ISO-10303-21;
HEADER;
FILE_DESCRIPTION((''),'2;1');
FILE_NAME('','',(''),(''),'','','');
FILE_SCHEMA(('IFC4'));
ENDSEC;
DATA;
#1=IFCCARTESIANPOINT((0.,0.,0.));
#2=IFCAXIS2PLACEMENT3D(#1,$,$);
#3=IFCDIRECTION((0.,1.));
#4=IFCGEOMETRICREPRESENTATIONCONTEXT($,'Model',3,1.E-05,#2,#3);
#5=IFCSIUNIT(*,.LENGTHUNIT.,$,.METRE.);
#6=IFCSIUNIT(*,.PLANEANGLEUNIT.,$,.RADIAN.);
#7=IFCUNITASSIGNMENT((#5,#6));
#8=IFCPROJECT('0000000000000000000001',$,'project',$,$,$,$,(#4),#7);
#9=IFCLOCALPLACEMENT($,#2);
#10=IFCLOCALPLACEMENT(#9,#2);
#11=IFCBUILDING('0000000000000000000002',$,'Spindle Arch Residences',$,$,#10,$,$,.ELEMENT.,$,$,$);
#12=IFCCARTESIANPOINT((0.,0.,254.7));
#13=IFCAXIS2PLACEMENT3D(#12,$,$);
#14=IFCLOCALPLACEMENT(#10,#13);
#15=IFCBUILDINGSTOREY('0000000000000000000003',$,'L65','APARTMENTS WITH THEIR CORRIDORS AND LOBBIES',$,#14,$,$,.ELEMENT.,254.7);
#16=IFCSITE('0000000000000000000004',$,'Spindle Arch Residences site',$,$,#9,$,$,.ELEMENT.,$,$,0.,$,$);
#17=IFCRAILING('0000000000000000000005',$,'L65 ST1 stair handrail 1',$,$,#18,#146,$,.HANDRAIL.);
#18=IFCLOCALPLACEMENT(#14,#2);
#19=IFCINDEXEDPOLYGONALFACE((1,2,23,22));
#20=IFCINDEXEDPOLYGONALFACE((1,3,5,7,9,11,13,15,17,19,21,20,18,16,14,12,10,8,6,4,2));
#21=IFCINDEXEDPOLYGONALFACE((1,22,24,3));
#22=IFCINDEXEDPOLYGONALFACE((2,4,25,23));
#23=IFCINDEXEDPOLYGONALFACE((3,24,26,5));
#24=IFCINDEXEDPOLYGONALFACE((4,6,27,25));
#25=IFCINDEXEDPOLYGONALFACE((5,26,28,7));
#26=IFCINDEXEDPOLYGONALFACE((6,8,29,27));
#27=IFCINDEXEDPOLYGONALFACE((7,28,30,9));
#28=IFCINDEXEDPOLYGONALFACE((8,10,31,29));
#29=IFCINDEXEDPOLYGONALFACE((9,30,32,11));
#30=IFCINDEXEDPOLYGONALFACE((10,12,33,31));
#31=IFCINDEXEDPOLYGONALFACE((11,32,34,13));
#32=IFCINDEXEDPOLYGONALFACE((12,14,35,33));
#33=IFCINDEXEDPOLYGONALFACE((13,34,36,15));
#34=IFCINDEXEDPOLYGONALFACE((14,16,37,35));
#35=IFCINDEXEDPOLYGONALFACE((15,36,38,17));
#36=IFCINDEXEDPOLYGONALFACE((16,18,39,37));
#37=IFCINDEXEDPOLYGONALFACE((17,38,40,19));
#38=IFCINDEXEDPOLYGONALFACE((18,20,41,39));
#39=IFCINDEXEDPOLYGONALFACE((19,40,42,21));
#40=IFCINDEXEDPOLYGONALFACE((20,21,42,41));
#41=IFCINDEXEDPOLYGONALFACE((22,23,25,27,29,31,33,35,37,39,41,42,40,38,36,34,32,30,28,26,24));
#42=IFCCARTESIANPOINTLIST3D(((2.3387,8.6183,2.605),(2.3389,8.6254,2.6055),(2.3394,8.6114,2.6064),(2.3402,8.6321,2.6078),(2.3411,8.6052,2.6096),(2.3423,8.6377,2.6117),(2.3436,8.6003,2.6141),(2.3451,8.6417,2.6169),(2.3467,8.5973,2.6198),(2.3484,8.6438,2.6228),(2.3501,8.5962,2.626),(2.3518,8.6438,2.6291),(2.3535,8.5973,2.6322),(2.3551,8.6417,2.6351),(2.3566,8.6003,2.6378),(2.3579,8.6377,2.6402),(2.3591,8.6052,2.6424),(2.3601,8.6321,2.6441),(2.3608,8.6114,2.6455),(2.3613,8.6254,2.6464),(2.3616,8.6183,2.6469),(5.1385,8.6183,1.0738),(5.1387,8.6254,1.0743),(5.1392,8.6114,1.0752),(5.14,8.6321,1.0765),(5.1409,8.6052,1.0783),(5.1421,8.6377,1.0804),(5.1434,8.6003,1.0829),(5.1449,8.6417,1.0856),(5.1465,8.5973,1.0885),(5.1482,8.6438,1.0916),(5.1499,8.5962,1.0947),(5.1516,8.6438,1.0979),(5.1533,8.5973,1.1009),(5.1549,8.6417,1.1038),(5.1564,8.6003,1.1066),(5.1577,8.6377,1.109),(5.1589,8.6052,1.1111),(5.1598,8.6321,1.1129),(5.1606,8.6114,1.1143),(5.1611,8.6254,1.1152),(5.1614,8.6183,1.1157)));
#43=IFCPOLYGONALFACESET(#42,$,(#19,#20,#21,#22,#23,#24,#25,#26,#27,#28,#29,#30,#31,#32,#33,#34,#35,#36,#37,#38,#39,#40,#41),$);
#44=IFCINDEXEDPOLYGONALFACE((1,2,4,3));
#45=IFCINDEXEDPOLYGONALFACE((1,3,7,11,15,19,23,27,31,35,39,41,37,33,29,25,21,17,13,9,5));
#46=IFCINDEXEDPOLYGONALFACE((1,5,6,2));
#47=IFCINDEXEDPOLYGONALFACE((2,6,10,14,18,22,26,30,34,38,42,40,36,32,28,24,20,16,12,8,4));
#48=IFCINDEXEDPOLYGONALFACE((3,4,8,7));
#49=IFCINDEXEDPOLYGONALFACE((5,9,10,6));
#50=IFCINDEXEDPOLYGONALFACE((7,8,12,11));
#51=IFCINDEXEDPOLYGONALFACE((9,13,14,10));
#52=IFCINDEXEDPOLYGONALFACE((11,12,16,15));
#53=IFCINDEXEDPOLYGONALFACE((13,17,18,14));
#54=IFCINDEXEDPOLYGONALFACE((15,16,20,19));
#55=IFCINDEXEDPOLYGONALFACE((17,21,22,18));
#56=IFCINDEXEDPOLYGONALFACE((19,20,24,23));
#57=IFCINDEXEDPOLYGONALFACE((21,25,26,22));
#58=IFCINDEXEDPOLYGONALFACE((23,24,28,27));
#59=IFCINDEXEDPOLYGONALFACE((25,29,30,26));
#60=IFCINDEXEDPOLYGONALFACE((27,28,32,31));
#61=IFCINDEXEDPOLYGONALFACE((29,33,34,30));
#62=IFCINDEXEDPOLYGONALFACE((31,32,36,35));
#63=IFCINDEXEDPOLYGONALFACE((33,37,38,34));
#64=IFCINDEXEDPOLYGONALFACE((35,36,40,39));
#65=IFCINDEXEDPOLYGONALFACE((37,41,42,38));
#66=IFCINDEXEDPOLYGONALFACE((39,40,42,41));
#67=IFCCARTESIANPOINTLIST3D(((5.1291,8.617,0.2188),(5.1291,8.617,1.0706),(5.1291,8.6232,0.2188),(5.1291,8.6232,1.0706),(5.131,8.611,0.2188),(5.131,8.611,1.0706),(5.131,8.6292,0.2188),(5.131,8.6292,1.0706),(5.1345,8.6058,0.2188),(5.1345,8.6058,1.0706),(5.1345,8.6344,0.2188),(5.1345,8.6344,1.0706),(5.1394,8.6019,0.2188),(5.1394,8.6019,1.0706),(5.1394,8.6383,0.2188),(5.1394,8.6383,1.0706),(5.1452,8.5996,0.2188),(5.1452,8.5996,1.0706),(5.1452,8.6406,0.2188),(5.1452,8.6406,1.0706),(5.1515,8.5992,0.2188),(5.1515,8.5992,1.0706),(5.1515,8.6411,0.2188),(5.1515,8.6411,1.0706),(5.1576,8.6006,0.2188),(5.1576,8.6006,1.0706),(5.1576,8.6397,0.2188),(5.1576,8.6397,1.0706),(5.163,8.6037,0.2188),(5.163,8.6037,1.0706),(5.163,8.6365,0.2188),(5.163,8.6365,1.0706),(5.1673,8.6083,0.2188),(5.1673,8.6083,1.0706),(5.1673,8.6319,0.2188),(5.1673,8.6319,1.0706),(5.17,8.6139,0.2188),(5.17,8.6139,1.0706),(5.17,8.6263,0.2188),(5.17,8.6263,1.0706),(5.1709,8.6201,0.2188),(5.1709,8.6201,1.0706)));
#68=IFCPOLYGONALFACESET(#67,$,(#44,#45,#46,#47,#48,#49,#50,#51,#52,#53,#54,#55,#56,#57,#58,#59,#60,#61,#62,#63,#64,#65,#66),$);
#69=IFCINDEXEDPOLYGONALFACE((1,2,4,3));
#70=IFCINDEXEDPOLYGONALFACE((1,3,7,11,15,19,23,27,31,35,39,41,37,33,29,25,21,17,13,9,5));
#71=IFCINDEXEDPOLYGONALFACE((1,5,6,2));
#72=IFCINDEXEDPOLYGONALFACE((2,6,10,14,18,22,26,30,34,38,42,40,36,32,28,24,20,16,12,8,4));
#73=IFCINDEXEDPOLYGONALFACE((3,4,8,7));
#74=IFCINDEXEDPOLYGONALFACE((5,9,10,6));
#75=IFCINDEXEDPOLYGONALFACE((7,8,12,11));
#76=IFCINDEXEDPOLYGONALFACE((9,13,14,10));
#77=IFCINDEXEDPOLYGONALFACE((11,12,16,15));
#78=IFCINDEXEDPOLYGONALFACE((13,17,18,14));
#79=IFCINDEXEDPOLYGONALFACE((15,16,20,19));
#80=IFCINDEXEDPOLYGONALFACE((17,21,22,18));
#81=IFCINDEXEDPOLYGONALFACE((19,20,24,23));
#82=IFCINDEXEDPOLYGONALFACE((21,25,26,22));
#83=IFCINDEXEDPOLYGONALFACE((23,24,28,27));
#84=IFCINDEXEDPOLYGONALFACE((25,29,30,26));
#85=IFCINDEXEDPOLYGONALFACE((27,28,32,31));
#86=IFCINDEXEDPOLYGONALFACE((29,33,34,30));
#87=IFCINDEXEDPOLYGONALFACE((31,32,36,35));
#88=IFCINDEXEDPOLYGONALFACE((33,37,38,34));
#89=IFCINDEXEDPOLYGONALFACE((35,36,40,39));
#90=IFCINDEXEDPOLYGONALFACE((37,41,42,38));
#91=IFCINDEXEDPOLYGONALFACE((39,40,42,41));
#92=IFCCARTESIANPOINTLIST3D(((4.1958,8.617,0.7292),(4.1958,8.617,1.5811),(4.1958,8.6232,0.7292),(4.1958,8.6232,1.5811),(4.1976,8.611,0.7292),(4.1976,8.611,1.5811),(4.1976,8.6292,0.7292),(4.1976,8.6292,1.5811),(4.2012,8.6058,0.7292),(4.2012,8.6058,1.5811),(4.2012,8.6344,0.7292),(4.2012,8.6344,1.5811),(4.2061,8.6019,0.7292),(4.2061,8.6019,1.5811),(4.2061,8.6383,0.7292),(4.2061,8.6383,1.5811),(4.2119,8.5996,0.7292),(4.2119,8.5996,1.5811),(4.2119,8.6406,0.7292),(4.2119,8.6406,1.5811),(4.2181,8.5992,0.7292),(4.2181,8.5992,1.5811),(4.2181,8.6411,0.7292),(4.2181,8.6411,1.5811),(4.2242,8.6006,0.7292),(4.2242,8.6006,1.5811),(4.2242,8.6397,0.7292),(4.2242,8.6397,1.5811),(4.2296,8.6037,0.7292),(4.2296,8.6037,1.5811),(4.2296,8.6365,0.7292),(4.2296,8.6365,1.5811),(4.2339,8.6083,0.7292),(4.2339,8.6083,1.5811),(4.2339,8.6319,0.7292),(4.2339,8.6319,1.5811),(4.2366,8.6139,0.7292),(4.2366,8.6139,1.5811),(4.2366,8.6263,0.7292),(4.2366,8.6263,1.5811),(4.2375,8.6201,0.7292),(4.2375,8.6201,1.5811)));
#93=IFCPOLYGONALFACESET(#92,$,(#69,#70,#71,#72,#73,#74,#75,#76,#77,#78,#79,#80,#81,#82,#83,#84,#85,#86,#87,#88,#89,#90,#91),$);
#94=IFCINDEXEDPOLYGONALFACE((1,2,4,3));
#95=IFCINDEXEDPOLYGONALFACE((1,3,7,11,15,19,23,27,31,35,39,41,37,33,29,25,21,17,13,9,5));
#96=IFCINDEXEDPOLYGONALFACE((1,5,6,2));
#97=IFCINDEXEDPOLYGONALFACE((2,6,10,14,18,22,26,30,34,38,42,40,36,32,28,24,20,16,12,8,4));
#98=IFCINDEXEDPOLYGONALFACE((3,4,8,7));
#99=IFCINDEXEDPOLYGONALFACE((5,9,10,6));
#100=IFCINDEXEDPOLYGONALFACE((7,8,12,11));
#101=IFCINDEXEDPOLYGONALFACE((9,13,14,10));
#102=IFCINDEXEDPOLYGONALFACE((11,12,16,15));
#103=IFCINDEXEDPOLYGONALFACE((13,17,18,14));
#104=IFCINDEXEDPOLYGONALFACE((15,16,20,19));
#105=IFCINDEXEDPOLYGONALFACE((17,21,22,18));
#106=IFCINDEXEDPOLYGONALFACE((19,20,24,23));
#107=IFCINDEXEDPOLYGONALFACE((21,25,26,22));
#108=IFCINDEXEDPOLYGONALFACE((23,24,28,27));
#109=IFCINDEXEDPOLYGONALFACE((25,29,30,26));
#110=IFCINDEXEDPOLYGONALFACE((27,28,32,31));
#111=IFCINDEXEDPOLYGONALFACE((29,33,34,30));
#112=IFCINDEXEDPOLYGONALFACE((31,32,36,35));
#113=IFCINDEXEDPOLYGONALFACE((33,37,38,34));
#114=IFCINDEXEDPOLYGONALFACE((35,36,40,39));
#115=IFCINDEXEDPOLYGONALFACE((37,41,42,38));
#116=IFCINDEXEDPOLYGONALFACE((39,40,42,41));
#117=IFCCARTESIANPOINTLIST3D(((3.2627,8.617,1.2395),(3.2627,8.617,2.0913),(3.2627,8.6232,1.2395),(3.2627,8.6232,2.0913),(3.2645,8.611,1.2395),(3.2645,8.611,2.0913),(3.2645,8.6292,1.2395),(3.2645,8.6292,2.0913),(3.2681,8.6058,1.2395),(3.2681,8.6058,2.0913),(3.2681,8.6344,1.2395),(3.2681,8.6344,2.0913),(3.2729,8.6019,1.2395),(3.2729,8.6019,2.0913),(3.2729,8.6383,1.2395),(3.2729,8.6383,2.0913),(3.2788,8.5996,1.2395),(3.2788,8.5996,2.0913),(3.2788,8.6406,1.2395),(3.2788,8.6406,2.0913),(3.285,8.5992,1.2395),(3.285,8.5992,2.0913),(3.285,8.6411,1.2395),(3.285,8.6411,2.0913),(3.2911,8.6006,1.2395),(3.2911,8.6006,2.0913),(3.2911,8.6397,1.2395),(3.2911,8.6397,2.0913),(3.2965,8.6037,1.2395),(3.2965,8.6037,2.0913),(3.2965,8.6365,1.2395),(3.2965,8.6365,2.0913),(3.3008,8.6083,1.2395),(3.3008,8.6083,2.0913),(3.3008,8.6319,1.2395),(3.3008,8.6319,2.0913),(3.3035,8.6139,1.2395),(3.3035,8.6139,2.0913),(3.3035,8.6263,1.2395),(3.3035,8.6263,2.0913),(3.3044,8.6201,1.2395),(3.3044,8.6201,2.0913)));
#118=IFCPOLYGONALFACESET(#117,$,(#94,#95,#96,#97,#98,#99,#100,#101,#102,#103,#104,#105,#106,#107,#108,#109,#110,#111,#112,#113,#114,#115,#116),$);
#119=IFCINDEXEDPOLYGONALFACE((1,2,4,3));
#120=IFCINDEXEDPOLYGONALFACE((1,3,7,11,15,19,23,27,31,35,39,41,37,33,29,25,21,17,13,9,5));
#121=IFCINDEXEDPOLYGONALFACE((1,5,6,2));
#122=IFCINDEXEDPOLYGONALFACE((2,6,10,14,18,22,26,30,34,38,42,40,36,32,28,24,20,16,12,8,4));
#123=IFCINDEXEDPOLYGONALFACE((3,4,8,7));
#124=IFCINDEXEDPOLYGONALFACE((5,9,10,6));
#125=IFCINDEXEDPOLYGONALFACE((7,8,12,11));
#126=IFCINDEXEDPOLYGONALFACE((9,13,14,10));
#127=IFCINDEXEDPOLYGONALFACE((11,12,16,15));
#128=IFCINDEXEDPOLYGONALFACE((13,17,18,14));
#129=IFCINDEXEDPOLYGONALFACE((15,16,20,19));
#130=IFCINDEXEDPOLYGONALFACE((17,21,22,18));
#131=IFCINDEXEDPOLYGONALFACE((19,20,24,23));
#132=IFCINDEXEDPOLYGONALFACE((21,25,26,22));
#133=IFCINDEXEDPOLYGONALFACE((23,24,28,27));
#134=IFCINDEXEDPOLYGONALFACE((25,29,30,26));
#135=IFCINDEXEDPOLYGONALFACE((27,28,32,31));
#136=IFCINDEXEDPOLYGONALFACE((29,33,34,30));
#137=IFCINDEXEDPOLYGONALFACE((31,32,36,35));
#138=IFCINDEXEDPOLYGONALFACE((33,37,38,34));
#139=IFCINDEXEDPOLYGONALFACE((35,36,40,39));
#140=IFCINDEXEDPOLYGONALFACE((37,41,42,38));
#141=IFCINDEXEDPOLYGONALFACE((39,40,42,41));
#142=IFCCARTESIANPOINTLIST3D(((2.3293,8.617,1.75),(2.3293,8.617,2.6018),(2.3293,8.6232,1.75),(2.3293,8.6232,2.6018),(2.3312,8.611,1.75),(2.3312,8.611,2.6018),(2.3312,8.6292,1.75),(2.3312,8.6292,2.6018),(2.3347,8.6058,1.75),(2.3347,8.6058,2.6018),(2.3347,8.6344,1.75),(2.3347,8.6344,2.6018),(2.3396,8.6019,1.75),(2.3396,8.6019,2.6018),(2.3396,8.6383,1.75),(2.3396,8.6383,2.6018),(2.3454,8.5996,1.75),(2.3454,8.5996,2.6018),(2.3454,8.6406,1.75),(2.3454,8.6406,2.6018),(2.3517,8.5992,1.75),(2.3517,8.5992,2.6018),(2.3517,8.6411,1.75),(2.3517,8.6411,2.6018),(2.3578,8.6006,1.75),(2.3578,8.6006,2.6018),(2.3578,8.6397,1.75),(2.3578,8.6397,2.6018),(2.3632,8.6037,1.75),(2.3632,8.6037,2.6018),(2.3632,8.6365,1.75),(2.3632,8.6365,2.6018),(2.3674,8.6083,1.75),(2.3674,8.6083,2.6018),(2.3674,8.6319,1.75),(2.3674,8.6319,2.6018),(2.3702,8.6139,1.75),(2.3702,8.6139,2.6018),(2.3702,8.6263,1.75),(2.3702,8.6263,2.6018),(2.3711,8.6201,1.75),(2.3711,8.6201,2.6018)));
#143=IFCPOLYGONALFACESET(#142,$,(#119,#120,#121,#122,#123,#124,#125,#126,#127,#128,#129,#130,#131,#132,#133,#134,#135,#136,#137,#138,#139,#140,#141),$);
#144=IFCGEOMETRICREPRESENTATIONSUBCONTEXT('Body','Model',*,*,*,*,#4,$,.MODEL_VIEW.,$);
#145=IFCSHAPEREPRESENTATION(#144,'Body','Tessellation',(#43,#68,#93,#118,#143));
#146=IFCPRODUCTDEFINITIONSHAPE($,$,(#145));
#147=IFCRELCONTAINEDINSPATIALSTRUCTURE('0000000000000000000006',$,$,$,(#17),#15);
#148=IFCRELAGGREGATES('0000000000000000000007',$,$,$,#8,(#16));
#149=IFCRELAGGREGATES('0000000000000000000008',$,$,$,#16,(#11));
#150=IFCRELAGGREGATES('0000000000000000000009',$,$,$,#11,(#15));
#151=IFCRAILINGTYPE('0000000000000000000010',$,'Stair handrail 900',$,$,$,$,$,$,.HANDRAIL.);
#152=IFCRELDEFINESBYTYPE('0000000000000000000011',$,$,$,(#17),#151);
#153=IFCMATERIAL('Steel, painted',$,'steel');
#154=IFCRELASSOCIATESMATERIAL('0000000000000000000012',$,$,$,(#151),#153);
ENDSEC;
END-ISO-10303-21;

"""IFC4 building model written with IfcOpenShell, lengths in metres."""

from ifc_helpers import new_model, si_unit, direction, frame, origin, origin_2d, place, context, subcontext, project, spatial, circle, extrude, material, type_object, element, save


model = new_model("IFC4")

# Units and contexts
model_context = context("Model", 3, precision=1e-05, world=origin(), true_north=direction((0.0, 1.0)))
body_context = subcontext(model_context, "Body", "Model", "MODEL_VIEW")
ifc_project = project(units=[si_unit("LENGTHUNIT", "METRE"), si_unit("PLANEANGLEUNIT", "RADIAN")], contexts=[model_context])

# Site, building, storey
site_placement = place(None, origin())
site = spatial("IfcSite", under=ifc_project, at=site_placement, Name="Spindle Arch Residences site", CompositionType="ELEMENT", RefElevation=0.0)
building_placement = place(site_placement, origin())
building = spatial("IfcBuilding", under=site, at=building_placement, Name="Spindle Arch Residences", CompositionType="ELEMENT")
storey_placement = place(building_placement, frame((0.0, 0.0, 254.7)))
storey = spatial("IfcBuildingStorey", under=building, at=storey_placement, Name="L65", Description="APARTMENTS WITH THEIR CORRIDORS AND LOBBIES", CompositionType="ELEMENT", Elevation=254.7)

# Railing
ifc_material_1 = material(Name="Steel, painted", Category="steel")
railing_type_1 = type_object("IfcRailingType", Name="Stair handrail 900", PredefinedType="HANDRAIL", material=ifc_material_1)
railing_1_placement = place(storey_placement, frame((5.1499, 8.6201, 0.2188)))
element("IfcRailing", 1, at=railing_1_placement, inside=storey, type_object=railing_type_1, Name="L65 ST1 stair handrail 1", PredefinedType="HANDRAIL", context=body_context, shape_type="SweptSolid", body=[
    extrude(circle(Radius=0.0239, at=origin_2d()), frame((0.0, 0.0, 0.876), z_axis=(-0.877357, 0.0, 0.479838), x_axis=(0.0, -1.0, 0.0)), (0.0, 0.0, 1.0), 3.1912),
    extrude(circle(Radius=0.021, at=origin_2d()), origin(), (0.0, 0.0, 1.0), 0.8518),
    extrude(circle(Radius=0.021, at=origin_2d()), frame((-0.9333, 0.0, 0.5105)), (0.0, 0.0, 1.0), 0.8518),
    extrude(circle(Radius=0.021, at=origin_2d()), frame((-1.8665, 0.0, 1.0208)), (0.0, 0.0, 1.0), 0.8518),
    extrude(circle(Radius=0.021, at=origin_2d()), frame((-2.7998, 0.0, 1.5312)), (0.0, 0.0, 1.0), 0.8518),
])

save(model, "model.ifc")
